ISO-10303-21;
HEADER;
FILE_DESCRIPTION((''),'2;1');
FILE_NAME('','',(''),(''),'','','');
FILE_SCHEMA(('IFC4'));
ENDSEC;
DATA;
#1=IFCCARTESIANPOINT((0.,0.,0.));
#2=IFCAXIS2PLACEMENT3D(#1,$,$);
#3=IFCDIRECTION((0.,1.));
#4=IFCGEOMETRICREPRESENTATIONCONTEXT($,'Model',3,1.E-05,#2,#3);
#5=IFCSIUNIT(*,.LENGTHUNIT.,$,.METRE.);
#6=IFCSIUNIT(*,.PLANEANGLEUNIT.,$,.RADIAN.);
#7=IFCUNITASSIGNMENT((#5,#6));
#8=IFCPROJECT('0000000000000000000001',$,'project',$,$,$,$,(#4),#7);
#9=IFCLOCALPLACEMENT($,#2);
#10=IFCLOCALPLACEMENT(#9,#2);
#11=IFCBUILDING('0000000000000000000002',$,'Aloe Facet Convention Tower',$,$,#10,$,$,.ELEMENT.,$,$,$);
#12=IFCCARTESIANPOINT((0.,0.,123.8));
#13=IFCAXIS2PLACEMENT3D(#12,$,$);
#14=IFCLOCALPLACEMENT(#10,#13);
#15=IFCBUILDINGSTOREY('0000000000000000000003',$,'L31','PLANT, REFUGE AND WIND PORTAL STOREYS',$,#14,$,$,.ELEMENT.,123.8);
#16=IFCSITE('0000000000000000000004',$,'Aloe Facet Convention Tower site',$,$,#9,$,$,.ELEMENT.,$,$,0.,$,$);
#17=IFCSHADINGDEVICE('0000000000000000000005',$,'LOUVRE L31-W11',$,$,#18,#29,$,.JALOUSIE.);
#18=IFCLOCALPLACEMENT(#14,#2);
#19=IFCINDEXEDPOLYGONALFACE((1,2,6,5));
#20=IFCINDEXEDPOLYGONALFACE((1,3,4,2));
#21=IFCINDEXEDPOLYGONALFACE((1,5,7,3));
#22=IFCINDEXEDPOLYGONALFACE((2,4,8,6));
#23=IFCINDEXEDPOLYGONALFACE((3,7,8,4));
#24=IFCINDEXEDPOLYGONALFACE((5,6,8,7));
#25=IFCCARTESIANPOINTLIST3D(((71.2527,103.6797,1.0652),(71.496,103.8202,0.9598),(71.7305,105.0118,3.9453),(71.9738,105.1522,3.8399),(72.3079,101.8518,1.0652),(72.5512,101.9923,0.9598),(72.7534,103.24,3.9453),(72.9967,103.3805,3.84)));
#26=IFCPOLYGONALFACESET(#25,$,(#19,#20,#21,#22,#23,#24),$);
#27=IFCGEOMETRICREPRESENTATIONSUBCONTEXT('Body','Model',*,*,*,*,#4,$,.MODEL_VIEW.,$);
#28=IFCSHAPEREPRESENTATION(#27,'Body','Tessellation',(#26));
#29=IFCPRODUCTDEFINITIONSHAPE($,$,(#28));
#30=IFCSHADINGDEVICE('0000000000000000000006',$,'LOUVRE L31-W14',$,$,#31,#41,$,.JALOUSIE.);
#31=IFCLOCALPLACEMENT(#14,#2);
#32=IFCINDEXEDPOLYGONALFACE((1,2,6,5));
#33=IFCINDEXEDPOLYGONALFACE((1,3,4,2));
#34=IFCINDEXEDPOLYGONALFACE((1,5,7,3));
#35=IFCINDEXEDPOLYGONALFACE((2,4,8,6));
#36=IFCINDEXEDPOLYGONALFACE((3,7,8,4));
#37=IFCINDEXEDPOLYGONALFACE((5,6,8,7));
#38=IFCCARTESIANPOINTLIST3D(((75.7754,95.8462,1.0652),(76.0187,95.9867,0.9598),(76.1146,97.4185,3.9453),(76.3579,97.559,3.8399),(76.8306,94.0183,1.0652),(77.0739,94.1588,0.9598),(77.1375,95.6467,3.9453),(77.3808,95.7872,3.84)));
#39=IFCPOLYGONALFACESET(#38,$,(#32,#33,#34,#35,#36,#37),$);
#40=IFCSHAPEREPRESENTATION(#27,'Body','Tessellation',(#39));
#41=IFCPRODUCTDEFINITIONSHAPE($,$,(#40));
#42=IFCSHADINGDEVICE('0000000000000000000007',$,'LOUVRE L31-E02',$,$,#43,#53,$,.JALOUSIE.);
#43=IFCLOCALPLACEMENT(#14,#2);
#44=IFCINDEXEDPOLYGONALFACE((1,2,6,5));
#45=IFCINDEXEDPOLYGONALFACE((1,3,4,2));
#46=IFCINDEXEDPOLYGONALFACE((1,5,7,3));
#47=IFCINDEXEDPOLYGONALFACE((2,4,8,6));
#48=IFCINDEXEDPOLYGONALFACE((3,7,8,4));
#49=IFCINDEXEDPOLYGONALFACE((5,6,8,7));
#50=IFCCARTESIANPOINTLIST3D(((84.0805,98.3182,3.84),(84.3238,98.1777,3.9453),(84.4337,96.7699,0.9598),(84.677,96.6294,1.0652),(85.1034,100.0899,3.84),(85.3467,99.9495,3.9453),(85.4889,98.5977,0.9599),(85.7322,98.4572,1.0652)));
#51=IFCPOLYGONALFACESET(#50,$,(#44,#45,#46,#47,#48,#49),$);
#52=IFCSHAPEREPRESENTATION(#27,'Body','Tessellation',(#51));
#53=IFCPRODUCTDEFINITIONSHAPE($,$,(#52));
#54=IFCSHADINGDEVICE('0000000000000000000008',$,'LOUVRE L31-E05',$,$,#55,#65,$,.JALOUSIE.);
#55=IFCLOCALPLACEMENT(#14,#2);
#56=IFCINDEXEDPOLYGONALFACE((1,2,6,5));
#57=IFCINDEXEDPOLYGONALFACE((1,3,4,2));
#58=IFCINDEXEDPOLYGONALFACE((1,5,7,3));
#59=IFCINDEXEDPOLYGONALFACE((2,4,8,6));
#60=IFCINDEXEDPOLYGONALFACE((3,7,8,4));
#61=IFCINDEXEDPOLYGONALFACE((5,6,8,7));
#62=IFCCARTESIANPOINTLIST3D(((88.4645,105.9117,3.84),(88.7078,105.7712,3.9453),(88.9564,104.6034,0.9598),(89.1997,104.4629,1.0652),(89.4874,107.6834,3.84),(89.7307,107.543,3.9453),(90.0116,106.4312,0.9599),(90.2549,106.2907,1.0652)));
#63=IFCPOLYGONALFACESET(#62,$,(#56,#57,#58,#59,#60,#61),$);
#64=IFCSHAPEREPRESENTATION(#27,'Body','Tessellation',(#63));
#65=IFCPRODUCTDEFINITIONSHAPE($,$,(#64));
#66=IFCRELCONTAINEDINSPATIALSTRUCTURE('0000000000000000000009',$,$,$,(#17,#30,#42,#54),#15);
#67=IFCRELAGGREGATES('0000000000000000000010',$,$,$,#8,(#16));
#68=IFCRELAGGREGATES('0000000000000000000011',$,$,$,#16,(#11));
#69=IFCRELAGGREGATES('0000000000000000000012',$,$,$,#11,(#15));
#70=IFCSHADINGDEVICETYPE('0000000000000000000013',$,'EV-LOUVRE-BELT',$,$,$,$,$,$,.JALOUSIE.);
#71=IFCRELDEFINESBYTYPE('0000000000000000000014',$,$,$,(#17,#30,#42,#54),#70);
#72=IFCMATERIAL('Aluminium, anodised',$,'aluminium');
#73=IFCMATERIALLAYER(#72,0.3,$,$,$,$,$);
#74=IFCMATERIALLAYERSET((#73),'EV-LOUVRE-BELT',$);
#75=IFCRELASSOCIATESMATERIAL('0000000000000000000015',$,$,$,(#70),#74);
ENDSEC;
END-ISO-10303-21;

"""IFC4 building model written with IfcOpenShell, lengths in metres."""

from ifc_helpers import new_model, si_unit, direction, frame, origin, place, context, subcontext, project, spatial, polyline, outline, extrude, material, layer, layer_set, type_object, element, save


model = new_model("IFC4")

# Units and contexts
model_context = context("Model", 3, precision=1e-05, world=origin(), true_north=direction((0.0, 1.0)))
body_context = subcontext(model_context, "Body", "Model", "MODEL_VIEW")
ifc_project = project(units=[si_unit("LENGTHUNIT", "METRE"), si_unit("PLANEANGLEUNIT", "RADIAN")], contexts=[model_context])

# Site, building, storey
site_placement = place(None, origin())
site = spatial("IfcSite", under=ifc_project, at=site_placement, Name="Aloe Facet Convention Tower site", CompositionType="ELEMENT", RefElevation=0.0)
building_placement = place(site_placement, origin())
building = spatial("IfcBuilding", under=site, at=building_placement, Name="Aloe Facet Convention Tower", CompositionType="ELEMENT")
storey_placement = place(building_placement, frame((0.0, 0.0, 123.8)))
storey = spatial("IfcBuildingStorey", under=building, at=storey_placement, Name="L31", Description="PLANT, REFUGE AND WIND PORTAL STOREYS", CompositionType="ELEMENT", Elevation=123.8)

# Shading devices
ifc_material_1 = material(Name="Aluminium, anodised", Category="aluminium")
ifc_layer_1 = layer(ifc_material_1, 0.3)
ifc_layer_set_1 = layer_set([ifc_layer_1], Name="EV-LOUVRE-BELT")
shading_device_type = type_object("IfcShadingDeviceType", Name="EV-LOUVRE-BELT", PredefinedType="JALOUSIE", material=ifc_layer_set_1)
shading_device_1_placement = place(storey_placement, frame((71.2527, 103.6797, 1.0652), z_axis=(-0.810914, -0.468156, 0.351067), x_axis=(0.499976, -0.866039, -0.000013)))
element("IfcShadingDevice", 1, at=shading_device_1_placement, inside=storey, type_object=shading_device_type, Name="LOUVRE L31-W11", PredefinedType="JALOUSIE", context=body_context, shape_type="SweptSolid", body=[
    extrude(outline(polyline([(0.0, 0.0), (2.1106, 0.0), (1.1311, 3.0759), (-0.9147, 3.0759), (0.0, 0.0)])), origin(), (0.0, 0.0, -1.0), 0.3),
])
shading_device_2_placement = place(storey_placement, frame((75.7754, 95.8462, 1.0652), z_axis=(-0.810912, -0.468156, 0.351072), x_axis=(0.499976, -0.866039, -0.000013)))
element("IfcShadingDevice", 2, at=shading_device_2_placement, inside=storey, type_object=shading_device_type, Name="LOUVRE L31-W14", PredefinedType="JALOUSIE", context=body_context, shape_type="SweptSolid", body=[
    extrude(outline(polyline([(0.0, 0.0), (2.1106, 0.0), (0.8537, 3.0759), (-1.1921, 3.0759), (0.0, 0.0)])), origin(), (0.0, 0.0, -1.0), 0.3),
])
shading_device_3_placement = place(storey_placement, frame((84.677, 96.6294, 1.0652), z_axis=(0.8109, -0.468148, 0.351111), x_axis=(0.499976, 0.866039, 0.000013)))
element("IfcShadingDevice", 3, at=shading_device_3_placement, inside=storey, type_object=shading_device_type, Name="LOUVRE L31-E02", PredefinedType="JALOUSIE", context=body_context, shape_type="SweptSolid", body=[
    extrude(outline(polyline([(0.0, 0.0), (2.1106, 0.0), (3.2102, 3.0759), (1.1643, 3.076), (0.0, 0.0)])), origin(), (0.0, 0.0, -1.0), 0.3),
])
shading_device_4_placement = place(storey_placement, frame((89.1997, 104.4629, 1.0652), z_axis=(0.81089, -0.468143, 0.35114), x_axis=(0.499976, 0.866039, 0.000013)))
element("IfcShadingDevice", 4, at=shading_device_4_placement, inside=storey, type_object=shading_device_type, Name="LOUVRE L31-E05", PredefinedType="JALOUSIE", context=body_context, shape_type="SweptSolid", body=[
    extrude(outline(polyline([(0.0, 0.0), (2.1106, 0.0), (2.933, 3.076), (0.8872, 3.076), (0.0, 0.0)])), origin(), (0.0, 0.0, -1.0), 0.3),
])

save(model, "model.ifc")
